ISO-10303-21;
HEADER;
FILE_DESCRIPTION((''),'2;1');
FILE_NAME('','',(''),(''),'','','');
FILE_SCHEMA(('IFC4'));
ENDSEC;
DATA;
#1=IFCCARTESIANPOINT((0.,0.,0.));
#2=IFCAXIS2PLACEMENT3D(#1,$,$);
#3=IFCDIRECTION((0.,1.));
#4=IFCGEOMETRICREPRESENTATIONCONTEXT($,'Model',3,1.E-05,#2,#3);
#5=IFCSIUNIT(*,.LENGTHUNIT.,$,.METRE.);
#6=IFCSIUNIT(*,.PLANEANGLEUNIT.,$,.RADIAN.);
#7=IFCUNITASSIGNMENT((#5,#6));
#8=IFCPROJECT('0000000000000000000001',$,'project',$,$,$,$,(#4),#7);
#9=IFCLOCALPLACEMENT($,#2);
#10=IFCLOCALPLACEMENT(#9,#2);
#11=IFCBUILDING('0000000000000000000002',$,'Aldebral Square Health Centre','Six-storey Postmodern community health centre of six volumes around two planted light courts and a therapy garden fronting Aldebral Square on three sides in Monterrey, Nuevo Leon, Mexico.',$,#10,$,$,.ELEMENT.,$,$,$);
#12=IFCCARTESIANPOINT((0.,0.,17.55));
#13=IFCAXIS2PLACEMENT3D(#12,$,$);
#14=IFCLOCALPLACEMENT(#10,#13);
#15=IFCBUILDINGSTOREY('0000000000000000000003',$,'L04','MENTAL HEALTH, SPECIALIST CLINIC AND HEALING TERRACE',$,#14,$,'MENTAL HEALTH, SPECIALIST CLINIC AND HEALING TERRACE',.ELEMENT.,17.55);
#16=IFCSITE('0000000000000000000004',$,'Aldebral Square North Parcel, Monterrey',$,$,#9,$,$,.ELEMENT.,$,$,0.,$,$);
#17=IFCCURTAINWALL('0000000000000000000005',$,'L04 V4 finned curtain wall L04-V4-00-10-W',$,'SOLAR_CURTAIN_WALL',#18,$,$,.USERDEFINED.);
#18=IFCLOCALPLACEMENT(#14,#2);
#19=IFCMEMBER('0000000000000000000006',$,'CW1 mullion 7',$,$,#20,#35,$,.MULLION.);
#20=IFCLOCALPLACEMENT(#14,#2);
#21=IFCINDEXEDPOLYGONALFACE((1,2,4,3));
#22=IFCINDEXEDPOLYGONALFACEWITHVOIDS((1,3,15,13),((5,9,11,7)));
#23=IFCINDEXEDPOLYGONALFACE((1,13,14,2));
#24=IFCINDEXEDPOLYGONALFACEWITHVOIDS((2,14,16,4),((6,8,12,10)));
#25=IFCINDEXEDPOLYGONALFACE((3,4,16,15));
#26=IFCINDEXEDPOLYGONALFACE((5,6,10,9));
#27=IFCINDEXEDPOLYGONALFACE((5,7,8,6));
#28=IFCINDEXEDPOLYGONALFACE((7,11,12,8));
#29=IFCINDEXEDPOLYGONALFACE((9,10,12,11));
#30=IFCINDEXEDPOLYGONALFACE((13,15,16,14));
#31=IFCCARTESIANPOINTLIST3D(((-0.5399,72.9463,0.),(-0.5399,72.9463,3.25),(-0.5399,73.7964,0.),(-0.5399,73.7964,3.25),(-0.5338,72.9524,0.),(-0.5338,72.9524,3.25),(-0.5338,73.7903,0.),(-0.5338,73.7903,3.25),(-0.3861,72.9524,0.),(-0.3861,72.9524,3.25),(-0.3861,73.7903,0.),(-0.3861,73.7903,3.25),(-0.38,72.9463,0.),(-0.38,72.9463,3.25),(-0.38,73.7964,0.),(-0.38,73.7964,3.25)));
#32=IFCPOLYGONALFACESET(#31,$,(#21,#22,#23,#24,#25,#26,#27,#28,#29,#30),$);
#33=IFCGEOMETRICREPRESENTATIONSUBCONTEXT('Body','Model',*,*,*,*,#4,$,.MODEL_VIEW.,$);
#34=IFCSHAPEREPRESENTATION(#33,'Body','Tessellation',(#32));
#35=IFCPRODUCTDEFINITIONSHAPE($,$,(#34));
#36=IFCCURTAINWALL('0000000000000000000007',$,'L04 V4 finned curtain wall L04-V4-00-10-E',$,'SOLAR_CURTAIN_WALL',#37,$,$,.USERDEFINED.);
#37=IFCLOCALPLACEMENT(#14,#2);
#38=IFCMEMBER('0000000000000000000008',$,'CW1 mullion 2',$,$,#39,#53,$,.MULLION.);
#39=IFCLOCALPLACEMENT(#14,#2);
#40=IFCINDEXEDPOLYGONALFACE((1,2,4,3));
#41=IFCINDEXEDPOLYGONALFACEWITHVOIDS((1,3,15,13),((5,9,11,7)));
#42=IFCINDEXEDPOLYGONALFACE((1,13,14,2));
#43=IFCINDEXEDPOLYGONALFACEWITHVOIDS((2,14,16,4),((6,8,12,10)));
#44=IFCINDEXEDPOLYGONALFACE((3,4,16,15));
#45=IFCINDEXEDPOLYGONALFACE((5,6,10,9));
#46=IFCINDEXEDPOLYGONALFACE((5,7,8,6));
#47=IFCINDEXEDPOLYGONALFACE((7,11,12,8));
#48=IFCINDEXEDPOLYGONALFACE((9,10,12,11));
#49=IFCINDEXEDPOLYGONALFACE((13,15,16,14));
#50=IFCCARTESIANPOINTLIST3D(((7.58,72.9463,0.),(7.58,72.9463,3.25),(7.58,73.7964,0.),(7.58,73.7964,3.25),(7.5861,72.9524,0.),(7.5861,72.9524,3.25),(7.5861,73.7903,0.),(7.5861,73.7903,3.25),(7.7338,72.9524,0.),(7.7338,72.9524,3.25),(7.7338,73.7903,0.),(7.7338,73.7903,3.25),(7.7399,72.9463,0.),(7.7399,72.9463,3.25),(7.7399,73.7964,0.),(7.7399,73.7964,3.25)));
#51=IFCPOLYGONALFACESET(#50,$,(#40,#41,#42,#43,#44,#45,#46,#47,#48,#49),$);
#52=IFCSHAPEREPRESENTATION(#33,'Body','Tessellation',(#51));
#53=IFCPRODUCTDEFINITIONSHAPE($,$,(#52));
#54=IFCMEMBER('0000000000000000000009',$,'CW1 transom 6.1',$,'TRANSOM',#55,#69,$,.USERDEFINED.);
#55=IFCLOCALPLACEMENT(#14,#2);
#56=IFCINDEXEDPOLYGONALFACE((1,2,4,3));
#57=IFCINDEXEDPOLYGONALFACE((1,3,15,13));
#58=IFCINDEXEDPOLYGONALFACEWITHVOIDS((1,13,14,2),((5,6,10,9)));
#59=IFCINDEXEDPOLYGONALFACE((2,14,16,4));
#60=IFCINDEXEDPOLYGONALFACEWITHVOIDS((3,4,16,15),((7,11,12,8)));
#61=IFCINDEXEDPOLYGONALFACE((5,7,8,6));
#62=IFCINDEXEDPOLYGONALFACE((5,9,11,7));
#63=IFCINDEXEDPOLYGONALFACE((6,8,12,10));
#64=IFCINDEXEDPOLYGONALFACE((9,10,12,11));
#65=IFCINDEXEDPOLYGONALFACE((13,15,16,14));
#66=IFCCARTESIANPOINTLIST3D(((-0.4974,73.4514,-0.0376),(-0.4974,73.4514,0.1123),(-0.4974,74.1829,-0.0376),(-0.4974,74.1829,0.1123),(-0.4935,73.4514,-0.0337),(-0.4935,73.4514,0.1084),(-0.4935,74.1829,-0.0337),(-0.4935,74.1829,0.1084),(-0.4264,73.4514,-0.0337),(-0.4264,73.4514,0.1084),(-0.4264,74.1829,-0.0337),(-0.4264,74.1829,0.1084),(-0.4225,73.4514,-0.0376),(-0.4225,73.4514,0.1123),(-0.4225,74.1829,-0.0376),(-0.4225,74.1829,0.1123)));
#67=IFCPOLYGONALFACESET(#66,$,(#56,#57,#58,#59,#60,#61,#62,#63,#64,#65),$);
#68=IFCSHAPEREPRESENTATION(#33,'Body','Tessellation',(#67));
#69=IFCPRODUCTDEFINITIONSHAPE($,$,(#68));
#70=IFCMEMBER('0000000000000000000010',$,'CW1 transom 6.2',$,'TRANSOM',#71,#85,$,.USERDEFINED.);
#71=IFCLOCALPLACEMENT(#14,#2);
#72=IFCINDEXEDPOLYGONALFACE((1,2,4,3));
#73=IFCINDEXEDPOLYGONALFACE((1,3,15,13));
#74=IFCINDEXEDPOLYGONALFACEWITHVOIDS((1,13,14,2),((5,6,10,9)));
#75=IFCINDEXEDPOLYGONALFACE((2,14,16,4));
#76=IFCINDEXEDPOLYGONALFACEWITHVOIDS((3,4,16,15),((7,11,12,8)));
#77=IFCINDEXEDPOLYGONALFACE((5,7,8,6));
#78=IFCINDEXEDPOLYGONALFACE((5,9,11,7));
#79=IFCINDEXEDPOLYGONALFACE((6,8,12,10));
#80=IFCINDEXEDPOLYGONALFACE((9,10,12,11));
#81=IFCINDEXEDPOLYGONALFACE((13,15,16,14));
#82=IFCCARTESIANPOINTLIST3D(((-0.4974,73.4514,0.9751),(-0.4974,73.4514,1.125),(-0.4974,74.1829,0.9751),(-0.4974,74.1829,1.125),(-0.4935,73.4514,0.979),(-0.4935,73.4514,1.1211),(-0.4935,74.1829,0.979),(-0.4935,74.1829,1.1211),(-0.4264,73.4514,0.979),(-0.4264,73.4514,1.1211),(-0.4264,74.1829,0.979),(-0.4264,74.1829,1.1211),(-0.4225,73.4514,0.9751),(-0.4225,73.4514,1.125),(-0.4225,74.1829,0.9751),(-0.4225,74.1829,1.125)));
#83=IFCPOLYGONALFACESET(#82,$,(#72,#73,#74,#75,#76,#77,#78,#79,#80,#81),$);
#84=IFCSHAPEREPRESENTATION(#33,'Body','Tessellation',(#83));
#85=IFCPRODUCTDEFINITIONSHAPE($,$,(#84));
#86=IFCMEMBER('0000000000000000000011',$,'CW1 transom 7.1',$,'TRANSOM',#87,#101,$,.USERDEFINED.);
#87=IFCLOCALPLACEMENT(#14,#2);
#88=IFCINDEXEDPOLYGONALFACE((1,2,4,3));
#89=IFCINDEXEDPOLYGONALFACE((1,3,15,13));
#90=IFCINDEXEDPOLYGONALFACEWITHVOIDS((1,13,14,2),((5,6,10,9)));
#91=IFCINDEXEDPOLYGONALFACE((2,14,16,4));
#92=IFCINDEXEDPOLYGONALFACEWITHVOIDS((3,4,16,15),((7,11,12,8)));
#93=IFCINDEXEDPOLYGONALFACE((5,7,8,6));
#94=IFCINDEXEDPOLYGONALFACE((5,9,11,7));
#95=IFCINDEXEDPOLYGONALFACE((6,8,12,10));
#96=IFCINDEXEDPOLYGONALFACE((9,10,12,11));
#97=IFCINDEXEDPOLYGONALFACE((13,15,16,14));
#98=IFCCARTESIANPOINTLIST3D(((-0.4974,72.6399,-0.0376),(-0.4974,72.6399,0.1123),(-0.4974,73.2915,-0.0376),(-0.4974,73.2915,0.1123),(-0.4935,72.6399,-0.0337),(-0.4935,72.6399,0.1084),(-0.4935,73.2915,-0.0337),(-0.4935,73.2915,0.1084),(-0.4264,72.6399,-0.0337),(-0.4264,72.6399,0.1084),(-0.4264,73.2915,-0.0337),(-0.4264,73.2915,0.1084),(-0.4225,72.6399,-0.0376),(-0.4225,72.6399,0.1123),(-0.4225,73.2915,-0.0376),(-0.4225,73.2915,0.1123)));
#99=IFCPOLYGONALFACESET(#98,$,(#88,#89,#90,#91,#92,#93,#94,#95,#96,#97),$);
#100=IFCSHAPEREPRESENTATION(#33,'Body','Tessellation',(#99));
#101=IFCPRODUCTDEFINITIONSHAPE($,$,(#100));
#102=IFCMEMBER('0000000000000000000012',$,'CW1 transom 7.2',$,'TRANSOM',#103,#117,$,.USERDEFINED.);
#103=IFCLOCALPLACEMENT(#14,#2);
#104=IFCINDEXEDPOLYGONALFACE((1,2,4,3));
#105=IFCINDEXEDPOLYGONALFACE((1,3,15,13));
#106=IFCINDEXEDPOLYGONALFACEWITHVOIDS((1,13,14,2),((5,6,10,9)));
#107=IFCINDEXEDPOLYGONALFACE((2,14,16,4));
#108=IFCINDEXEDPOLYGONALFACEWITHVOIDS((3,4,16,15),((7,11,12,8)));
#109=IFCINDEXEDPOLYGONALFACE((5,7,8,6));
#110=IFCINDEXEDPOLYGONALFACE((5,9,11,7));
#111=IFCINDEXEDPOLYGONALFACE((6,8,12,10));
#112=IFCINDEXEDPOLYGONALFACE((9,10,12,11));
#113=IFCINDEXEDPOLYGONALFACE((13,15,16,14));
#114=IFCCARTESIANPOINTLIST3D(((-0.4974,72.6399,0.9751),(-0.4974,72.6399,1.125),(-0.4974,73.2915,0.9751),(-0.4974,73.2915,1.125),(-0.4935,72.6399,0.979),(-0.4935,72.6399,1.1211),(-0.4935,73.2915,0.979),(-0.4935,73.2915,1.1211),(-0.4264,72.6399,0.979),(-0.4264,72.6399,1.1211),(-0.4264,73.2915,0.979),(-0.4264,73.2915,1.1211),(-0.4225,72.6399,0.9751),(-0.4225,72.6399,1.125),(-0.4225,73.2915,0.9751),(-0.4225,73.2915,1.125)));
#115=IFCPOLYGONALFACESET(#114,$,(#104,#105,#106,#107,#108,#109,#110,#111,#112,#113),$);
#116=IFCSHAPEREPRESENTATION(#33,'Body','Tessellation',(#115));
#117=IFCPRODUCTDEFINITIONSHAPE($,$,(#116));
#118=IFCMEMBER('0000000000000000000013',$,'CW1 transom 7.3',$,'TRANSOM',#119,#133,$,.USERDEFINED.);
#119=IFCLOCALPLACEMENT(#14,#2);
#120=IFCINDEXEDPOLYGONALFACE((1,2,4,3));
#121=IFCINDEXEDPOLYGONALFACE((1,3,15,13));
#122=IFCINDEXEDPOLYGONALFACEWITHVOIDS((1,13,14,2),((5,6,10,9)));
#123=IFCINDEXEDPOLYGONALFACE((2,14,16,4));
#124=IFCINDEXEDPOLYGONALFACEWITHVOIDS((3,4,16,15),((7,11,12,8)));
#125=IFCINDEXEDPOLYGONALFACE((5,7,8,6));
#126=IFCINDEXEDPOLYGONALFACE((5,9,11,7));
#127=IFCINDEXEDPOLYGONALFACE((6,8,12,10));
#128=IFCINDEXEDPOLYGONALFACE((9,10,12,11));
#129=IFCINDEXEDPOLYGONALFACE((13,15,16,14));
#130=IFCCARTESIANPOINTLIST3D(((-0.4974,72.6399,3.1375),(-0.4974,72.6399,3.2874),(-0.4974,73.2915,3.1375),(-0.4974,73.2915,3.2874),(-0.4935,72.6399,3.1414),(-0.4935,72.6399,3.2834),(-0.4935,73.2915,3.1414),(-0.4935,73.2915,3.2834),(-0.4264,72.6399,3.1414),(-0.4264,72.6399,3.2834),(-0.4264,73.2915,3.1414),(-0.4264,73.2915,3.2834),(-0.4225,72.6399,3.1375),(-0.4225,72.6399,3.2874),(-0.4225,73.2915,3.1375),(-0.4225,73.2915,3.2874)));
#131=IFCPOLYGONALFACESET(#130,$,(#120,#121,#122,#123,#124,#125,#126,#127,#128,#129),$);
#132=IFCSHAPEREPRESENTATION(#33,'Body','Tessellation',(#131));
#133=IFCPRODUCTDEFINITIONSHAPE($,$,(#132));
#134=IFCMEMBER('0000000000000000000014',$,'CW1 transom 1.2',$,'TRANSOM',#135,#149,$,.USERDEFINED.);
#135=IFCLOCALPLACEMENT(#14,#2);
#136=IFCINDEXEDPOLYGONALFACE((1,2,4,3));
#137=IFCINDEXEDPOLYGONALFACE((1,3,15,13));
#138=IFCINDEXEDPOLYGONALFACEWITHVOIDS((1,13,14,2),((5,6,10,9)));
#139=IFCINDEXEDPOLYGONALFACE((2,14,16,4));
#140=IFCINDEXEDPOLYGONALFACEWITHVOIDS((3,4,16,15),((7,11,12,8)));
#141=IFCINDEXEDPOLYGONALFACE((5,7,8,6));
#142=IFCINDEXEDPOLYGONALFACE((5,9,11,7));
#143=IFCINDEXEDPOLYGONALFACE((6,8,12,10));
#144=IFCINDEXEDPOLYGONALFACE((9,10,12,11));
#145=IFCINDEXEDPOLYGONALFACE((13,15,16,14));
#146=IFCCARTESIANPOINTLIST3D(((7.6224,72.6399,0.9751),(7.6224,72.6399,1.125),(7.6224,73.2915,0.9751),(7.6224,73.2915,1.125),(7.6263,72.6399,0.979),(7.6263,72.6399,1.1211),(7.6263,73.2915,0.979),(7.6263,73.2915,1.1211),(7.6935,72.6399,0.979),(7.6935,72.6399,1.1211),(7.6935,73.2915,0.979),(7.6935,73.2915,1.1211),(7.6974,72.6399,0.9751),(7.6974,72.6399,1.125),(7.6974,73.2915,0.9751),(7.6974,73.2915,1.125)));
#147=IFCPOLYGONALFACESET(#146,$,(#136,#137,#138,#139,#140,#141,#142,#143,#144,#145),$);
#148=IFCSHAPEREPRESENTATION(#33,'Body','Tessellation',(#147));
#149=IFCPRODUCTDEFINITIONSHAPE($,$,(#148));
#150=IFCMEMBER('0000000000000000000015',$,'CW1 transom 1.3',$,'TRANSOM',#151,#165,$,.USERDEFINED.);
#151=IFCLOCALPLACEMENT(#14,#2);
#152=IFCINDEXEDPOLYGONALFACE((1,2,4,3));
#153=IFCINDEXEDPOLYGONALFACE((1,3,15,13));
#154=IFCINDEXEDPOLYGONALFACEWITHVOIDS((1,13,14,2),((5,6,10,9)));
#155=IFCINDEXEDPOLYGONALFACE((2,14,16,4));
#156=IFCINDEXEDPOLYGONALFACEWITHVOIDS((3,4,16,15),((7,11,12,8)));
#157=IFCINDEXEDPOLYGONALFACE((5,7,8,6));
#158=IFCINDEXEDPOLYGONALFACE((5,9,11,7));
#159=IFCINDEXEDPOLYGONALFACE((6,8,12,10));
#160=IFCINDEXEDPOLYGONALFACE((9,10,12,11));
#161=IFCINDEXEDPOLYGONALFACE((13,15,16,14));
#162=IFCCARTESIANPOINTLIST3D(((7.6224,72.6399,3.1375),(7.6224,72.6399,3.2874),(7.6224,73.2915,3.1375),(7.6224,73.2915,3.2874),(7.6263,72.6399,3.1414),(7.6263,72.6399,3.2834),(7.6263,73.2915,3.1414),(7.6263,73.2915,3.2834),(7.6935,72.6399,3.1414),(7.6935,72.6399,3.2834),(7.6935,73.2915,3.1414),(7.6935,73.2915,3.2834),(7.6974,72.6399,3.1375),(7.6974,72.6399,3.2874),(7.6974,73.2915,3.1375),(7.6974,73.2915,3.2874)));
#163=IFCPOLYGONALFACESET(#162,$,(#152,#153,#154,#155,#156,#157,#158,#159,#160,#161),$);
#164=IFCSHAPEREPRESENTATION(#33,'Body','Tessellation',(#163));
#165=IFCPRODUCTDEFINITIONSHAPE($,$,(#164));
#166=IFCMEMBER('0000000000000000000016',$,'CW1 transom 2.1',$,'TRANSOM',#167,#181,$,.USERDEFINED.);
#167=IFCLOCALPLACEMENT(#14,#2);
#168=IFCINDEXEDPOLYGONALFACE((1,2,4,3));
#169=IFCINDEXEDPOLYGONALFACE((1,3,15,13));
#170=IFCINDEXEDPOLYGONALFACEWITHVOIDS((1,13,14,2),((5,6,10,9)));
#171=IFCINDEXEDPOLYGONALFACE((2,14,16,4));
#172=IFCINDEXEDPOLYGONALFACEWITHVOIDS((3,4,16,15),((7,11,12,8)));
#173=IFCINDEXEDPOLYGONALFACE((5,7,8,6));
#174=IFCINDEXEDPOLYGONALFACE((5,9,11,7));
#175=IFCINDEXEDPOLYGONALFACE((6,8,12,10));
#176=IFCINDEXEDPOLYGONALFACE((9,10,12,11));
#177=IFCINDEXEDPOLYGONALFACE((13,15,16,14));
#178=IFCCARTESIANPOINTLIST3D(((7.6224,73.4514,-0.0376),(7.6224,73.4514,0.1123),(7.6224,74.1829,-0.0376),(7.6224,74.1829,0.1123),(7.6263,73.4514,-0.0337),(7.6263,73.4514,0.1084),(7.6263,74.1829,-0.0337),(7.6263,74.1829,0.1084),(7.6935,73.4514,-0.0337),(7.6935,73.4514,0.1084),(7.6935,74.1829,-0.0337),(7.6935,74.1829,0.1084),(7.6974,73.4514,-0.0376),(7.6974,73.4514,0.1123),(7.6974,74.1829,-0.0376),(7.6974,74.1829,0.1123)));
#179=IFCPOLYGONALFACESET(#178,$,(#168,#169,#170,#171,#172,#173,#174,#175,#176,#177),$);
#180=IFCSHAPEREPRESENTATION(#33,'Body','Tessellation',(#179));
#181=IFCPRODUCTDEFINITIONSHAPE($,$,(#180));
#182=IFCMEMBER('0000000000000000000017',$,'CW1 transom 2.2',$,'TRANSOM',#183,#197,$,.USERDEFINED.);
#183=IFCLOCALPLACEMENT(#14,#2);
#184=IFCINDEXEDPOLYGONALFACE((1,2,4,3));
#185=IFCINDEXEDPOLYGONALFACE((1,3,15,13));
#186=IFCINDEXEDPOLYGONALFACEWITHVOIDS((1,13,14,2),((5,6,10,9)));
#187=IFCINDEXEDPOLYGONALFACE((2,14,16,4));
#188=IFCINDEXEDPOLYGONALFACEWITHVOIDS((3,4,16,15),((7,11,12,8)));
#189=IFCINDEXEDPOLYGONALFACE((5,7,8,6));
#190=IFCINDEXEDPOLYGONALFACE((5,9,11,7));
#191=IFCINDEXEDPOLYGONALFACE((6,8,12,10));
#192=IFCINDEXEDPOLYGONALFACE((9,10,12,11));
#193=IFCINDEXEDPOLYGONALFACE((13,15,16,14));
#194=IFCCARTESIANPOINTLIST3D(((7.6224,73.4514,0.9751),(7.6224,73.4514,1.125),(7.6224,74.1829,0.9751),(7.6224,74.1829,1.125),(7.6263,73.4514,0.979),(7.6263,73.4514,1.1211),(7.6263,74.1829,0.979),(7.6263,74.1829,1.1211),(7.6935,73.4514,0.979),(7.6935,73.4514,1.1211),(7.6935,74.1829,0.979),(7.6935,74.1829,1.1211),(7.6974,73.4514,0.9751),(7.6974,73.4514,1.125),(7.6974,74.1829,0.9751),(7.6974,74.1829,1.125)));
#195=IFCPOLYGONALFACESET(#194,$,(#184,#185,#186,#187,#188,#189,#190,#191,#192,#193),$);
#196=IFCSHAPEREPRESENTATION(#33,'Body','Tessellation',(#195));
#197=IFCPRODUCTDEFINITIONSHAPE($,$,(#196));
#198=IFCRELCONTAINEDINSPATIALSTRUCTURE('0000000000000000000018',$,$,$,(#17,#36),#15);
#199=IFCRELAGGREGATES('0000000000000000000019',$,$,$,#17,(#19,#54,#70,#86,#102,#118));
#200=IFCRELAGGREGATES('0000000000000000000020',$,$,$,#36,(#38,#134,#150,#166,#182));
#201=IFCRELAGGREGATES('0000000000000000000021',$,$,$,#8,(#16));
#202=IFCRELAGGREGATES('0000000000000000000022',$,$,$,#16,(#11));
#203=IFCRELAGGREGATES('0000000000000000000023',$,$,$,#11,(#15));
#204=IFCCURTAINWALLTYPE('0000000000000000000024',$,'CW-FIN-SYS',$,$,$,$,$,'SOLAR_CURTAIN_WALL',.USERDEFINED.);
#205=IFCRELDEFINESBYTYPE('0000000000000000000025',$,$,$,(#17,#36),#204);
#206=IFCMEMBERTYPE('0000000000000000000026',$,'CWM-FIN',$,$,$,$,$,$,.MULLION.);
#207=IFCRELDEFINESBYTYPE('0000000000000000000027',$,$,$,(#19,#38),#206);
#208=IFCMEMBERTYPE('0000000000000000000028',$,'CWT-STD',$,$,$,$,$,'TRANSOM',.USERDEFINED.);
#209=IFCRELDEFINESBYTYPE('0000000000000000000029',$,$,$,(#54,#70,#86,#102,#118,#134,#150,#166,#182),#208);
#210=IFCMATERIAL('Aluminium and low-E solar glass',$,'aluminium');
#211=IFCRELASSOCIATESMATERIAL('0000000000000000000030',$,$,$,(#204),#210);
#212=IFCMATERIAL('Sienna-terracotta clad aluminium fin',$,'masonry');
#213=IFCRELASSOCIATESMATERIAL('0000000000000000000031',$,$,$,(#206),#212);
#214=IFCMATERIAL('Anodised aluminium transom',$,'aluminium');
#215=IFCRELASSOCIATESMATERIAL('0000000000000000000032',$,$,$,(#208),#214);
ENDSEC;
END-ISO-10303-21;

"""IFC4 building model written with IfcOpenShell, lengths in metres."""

from ifc_helpers import new_model, si_unit, direction, frame, origin, origin_2d, place, context, subcontext, project, spatial, hollow_rectangle, extrude, material, material_profile, profile_set, type_object, element, aggregate, save


model = new_model("IFC4")

# Units and contexts
model_context = context("Model", 3, precision=1e-05, world=origin(), true_north=direction((0.0, 1.0)))
body_context = subcontext(model_context, "Body", "Model", "MODEL_VIEW")
ifc_project = project(units=[si_unit("LENGTHUNIT", "METRE"), si_unit("PLANEANGLEUNIT", "RADIAN")], contexts=[model_context])

# Site, building, storey
site_placement = place(None, origin())
site = spatial("IfcSite", under=ifc_project, at=site_placement, Name="Aldebral Square North Parcel, Monterrey", CompositionType="ELEMENT", RefElevation=0.0)
building_placement = place(site_placement, origin())
building = spatial("IfcBuilding", under=site, at=building_placement, Name="Aldebral Square Health Centre", Description="Six-storey Postmodern community health centre of six volumes around two planted light courts and a therapy garden fronting Aldebral Square on three sides in Monterrey, Nuevo Leon, Mexico.", CompositionType="ELEMENT")
storey_placement = place(building_placement, frame((0.0, 0.0, 17.55)))
storey = spatial("IfcBuildingStorey", under=building, at=storey_placement, Name="L04", Description="MENTAL HEALTH, SPECIALIST CLINIC AND HEALING TERRACE", LongName="MENTAL HEALTH, SPECIALIST CLINIC AND HEALING TERRACE", CompositionType="ELEMENT", Elevation=17.55)

# Curtain walls, members
ifc_material_1 = material(Name="Aluminium and low-E solar glass", Category="aluminium")
curtain_wall_type = type_object("IfcCurtainWallType", Name="CW-FIN-SYS", ElementType="SOLAR_CURTAIN_WALL", PredefinedType="USERDEFINED", material=ifc_material_1)
curtain_wall_1_placement = place(storey_placement, origin())
curtain_wall_1 = element("IfcCurtainWall", 1, at=curtain_wall_1_placement, inside=storey, type_object=curtain_wall_type, Name="L04 V4 finned curtain wall L04-V4-00-10-W", ObjectType="SOLAR_CURTAIN_WALL", PredefinedType="USERDEFINED")
ifc_material_2 = material(Name="Sienna-terracotta clad aluminium fin", Category="masonry")
ifc_material_profile_1 = material_profile(ifc_material_2, hollow_rectangle(XDim=0.1599, YDim=0.8501, WallThickness=0.0061, at=origin_2d()), Name="FIN 160x850x6")
ifc_profile_set_1 = profile_set([ifc_material_profile_1], Name="Sienna-terracotta clad aluminium fin")
member_type_1 = type_object("IfcMemberType", Name="CWM-FIN", PredefinedType="MULLION", material=ifc_profile_set_1)
member_1_placement = place(storey_placement, frame((-0.46, 73.3713, 0.0), z_axis=(0.0, 0.0, 1.0), x_axis=(1.0, 0.0, 0.0)))
member_1 = element("IfcMember", 2, at=member_1_placement, type_object=member_type_1, Name="CW1 mullion 7", PredefinedType="MULLION", context=body_context, shape_type="SweptSolid", body=[
    extrude(hollow_rectangle(XDim=0.1599, YDim=0.8501, WallThickness=0.0061, at=origin_2d()), origin(), (0.0, 0.0, 1.0), 3.25),
])
curtain_wall_2_placement = place(storey_placement, origin())
curtain_wall_2 = element("IfcCurtainWall", 3, at=curtain_wall_2_placement, inside=storey, type_object=curtain_wall_type, Name="L04 V4 finned curtain wall L04-V4-00-10-E", ObjectType="SOLAR_CURTAIN_WALL", PredefinedType="USERDEFINED")
member_2_placement = place(storey_placement, frame((7.6599, 73.3713, 0.0), z_axis=(0.0, 0.0, 1.0), x_axis=(-1.0, 0.0, 0.0)))
member_2 = element("IfcMember", 4, at=member_2_placement, type_object=member_type_1, Name="CW1 mullion 2", PredefinedType="MULLION", context=body_context, shape_type="SweptSolid", body=[
    extrude(hollow_rectangle(XDim=0.1599, YDim=0.8501, WallThickness=0.0061, at=origin_2d()), origin(), (0.0, 0.0, 1.0), 3.25),
])

# Members
ifc_material_3 = material(Name="Anodised aluminium transom", Category="aluminium")
ifc_material_profile_2 = material_profile(ifc_material_3, hollow_rectangle(XDim=0.075, YDim=0.1499, WallThickness=0.0039, at=origin_2d()), Name="CWT 75x150x4")
ifc_profile_set_2 = profile_set([ifc_material_profile_2], Name="Anodised aluminium transom")
member_type_2 = type_object("IfcMemberType", Name="CWT-STD", ElementType="TRANSOM", PredefinedType="USERDEFINED", material=ifc_profile_set_2)
member_3_placement = place(storey_placement, frame((-0.46, 74.1829, 0.0374), z_axis=(0.0, -1.0, 0.0), x_axis=(1.0, 0.0, 0.0)))
member_3 = element("IfcMember", 5, at=member_3_placement, type_object=member_type_2, Name="CW1 transom 6.1", ObjectType="TRANSOM", PredefinedType="USERDEFINED", context=body_context, shape_type="SweptSolid", body=[
    extrude(hollow_rectangle(XDim=0.075, YDim=0.1499, WallThickness=0.0039, at=origin_2d()), origin(), (0.0, 0.0, 1.0), 0.7314),
])
member_4_placement = place(storey_placement, frame((-0.46, 74.1829, 1.05), z_axis=(0.0, -1.0, 0.0), x_axis=(1.0, 0.0, 0.0)))
member_4 = element("IfcMember", 6, at=member_4_placement, type_object=member_type_2, Name="CW1 transom 6.2", ObjectType="TRANSOM", PredefinedType="USERDEFINED", context=body_context, shape_type="SweptSolid", body=[
    extrude(hollow_rectangle(XDim=0.075, YDim=0.1499, WallThickness=0.0039, at=origin_2d()), origin(), (0.0, 0.0, 1.0), 0.7314),
])
member_5_placement = place(storey_placement, frame((-0.46, 73.2915, 0.0374), z_axis=(0.0, -1.0, 0.0), x_axis=(1.0, 0.0, 0.0)))
member_5 = element("IfcMember", 7, at=member_5_placement, type_object=member_type_2, Name="CW1 transom 7.1", ObjectType="TRANSOM", PredefinedType="USERDEFINED", context=body_context, shape_type="SweptSolid", body=[
    extrude(hollow_rectangle(XDim=0.075, YDim=0.1499, WallThickness=0.0039, at=origin_2d()), origin(), (0.0, 0.0, 1.0), 0.6516),
])
member_6_placement = place(storey_placement, frame((-0.46, 73.2915, 1.05), z_axis=(0.0, -1.0, 0.0), x_axis=(1.0, 0.0, 0.0)))
member_6 = element("IfcMember", 8, at=member_6_placement, type_object=member_type_2, Name="CW1 transom 7.2", ObjectType="TRANSOM", PredefinedType="USERDEFINED", context=body_context, shape_type="SweptSolid", body=[
    extrude(hollow_rectangle(XDim=0.075, YDim=0.1499, WallThickness=0.0039, at=origin_2d()), origin(), (0.0, 0.0, 1.0), 0.6516),
])
member_7_placement = place(storey_placement, frame((-0.46, 73.2915, 3.2124), z_axis=(0.0, -1.0, 0.0), x_axis=(1.0, 0.0, 0.0)))
member_7 = element("IfcMember", 9, at=member_7_placement, type_object=member_type_2, Name="CW1 transom 7.3", ObjectType="TRANSOM", PredefinedType="USERDEFINED", context=body_context, shape_type="SweptSolid", body=[
    extrude(hollow_rectangle(XDim=0.075, YDim=0.1499, WallThickness=0.0039, at=origin_2d()), origin(), (0.0, 0.0, 1.0), 0.6516),
])
member_8_placement = place(storey_placement, frame((7.6599, 72.6399, 1.05), z_axis=(0.0, 1.0, 0.0), x_axis=(-1.0, 0.0, 0.0)))
member_8 = element("IfcMember", 10, at=member_8_placement, type_object=member_type_2, Name="CW1 transom 1.2", ObjectType="TRANSOM", PredefinedType="USERDEFINED", context=body_context, shape_type="SweptSolid", body=[
    extrude(hollow_rectangle(XDim=0.075, YDim=0.1499, WallThickness=0.0039, at=origin_2d()), origin(), (0.0, 0.0, 1.0), 0.6516),
])
member_9_placement = place(storey_placement, frame((7.6599, 72.6399, 3.2124), z_axis=(0.0, 1.0, 0.0), x_axis=(-1.0, 0.0, 0.0)))
member_9 = element("IfcMember", 11, at=member_9_placement, type_object=member_type_2, Name="CW1 transom 1.3", ObjectType="TRANSOM", PredefinedType="USERDEFINED", context=body_context, shape_type="SweptSolid", body=[
    extrude(hollow_rectangle(XDim=0.075, YDim=0.1499, WallThickness=0.0039, at=origin_2d()), origin(), (0.0, 0.0, 1.0), 0.6516),
])
member_10_placement = place(storey_placement, frame((7.6599, 73.4514, 0.0374), z_axis=(0.0, 1.0, 0.0), x_axis=(-1.0, 0.0, 0.0)))
member_10 = element("IfcMember", 12, at=member_10_placement, type_object=member_type_2, Name="CW1 transom 2.1", ObjectType="TRANSOM", PredefinedType="USERDEFINED", context=body_context, shape_type="SweptSolid", body=[
    extrude(hollow_rectangle(XDim=0.075, YDim=0.1499, WallThickness=0.0039, at=origin_2d()), origin(), (0.0, 0.0, 1.0), 0.7314),
])
member_11_placement = place(storey_placement, frame((7.6599, 73.4514, 1.05), z_axis=(0.0, 1.0, 0.0), x_axis=(-1.0, 0.0, 0.0)))
member_11 = element("IfcMember", 13, at=member_11_placement, type_object=member_type_2, Name="CW1 transom 2.2", ObjectType="TRANSOM", PredefinedType="USERDEFINED", context=body_context, shape_type="SweptSolid", body=[
    extrude(hollow_rectangle(XDim=0.075, YDim=0.1499, WallThickness=0.0039, at=origin_2d()), origin(), (0.0, 0.0, 1.0), 0.7314),
])

aggregate(curtain_wall_1, [member_1, member_3, member_4, member_5, member_6, member_7])
aggregate(curtain_wall_2, [member_2, member_8, member_9, member_10, member_11])

save(model, "model.ifc")
